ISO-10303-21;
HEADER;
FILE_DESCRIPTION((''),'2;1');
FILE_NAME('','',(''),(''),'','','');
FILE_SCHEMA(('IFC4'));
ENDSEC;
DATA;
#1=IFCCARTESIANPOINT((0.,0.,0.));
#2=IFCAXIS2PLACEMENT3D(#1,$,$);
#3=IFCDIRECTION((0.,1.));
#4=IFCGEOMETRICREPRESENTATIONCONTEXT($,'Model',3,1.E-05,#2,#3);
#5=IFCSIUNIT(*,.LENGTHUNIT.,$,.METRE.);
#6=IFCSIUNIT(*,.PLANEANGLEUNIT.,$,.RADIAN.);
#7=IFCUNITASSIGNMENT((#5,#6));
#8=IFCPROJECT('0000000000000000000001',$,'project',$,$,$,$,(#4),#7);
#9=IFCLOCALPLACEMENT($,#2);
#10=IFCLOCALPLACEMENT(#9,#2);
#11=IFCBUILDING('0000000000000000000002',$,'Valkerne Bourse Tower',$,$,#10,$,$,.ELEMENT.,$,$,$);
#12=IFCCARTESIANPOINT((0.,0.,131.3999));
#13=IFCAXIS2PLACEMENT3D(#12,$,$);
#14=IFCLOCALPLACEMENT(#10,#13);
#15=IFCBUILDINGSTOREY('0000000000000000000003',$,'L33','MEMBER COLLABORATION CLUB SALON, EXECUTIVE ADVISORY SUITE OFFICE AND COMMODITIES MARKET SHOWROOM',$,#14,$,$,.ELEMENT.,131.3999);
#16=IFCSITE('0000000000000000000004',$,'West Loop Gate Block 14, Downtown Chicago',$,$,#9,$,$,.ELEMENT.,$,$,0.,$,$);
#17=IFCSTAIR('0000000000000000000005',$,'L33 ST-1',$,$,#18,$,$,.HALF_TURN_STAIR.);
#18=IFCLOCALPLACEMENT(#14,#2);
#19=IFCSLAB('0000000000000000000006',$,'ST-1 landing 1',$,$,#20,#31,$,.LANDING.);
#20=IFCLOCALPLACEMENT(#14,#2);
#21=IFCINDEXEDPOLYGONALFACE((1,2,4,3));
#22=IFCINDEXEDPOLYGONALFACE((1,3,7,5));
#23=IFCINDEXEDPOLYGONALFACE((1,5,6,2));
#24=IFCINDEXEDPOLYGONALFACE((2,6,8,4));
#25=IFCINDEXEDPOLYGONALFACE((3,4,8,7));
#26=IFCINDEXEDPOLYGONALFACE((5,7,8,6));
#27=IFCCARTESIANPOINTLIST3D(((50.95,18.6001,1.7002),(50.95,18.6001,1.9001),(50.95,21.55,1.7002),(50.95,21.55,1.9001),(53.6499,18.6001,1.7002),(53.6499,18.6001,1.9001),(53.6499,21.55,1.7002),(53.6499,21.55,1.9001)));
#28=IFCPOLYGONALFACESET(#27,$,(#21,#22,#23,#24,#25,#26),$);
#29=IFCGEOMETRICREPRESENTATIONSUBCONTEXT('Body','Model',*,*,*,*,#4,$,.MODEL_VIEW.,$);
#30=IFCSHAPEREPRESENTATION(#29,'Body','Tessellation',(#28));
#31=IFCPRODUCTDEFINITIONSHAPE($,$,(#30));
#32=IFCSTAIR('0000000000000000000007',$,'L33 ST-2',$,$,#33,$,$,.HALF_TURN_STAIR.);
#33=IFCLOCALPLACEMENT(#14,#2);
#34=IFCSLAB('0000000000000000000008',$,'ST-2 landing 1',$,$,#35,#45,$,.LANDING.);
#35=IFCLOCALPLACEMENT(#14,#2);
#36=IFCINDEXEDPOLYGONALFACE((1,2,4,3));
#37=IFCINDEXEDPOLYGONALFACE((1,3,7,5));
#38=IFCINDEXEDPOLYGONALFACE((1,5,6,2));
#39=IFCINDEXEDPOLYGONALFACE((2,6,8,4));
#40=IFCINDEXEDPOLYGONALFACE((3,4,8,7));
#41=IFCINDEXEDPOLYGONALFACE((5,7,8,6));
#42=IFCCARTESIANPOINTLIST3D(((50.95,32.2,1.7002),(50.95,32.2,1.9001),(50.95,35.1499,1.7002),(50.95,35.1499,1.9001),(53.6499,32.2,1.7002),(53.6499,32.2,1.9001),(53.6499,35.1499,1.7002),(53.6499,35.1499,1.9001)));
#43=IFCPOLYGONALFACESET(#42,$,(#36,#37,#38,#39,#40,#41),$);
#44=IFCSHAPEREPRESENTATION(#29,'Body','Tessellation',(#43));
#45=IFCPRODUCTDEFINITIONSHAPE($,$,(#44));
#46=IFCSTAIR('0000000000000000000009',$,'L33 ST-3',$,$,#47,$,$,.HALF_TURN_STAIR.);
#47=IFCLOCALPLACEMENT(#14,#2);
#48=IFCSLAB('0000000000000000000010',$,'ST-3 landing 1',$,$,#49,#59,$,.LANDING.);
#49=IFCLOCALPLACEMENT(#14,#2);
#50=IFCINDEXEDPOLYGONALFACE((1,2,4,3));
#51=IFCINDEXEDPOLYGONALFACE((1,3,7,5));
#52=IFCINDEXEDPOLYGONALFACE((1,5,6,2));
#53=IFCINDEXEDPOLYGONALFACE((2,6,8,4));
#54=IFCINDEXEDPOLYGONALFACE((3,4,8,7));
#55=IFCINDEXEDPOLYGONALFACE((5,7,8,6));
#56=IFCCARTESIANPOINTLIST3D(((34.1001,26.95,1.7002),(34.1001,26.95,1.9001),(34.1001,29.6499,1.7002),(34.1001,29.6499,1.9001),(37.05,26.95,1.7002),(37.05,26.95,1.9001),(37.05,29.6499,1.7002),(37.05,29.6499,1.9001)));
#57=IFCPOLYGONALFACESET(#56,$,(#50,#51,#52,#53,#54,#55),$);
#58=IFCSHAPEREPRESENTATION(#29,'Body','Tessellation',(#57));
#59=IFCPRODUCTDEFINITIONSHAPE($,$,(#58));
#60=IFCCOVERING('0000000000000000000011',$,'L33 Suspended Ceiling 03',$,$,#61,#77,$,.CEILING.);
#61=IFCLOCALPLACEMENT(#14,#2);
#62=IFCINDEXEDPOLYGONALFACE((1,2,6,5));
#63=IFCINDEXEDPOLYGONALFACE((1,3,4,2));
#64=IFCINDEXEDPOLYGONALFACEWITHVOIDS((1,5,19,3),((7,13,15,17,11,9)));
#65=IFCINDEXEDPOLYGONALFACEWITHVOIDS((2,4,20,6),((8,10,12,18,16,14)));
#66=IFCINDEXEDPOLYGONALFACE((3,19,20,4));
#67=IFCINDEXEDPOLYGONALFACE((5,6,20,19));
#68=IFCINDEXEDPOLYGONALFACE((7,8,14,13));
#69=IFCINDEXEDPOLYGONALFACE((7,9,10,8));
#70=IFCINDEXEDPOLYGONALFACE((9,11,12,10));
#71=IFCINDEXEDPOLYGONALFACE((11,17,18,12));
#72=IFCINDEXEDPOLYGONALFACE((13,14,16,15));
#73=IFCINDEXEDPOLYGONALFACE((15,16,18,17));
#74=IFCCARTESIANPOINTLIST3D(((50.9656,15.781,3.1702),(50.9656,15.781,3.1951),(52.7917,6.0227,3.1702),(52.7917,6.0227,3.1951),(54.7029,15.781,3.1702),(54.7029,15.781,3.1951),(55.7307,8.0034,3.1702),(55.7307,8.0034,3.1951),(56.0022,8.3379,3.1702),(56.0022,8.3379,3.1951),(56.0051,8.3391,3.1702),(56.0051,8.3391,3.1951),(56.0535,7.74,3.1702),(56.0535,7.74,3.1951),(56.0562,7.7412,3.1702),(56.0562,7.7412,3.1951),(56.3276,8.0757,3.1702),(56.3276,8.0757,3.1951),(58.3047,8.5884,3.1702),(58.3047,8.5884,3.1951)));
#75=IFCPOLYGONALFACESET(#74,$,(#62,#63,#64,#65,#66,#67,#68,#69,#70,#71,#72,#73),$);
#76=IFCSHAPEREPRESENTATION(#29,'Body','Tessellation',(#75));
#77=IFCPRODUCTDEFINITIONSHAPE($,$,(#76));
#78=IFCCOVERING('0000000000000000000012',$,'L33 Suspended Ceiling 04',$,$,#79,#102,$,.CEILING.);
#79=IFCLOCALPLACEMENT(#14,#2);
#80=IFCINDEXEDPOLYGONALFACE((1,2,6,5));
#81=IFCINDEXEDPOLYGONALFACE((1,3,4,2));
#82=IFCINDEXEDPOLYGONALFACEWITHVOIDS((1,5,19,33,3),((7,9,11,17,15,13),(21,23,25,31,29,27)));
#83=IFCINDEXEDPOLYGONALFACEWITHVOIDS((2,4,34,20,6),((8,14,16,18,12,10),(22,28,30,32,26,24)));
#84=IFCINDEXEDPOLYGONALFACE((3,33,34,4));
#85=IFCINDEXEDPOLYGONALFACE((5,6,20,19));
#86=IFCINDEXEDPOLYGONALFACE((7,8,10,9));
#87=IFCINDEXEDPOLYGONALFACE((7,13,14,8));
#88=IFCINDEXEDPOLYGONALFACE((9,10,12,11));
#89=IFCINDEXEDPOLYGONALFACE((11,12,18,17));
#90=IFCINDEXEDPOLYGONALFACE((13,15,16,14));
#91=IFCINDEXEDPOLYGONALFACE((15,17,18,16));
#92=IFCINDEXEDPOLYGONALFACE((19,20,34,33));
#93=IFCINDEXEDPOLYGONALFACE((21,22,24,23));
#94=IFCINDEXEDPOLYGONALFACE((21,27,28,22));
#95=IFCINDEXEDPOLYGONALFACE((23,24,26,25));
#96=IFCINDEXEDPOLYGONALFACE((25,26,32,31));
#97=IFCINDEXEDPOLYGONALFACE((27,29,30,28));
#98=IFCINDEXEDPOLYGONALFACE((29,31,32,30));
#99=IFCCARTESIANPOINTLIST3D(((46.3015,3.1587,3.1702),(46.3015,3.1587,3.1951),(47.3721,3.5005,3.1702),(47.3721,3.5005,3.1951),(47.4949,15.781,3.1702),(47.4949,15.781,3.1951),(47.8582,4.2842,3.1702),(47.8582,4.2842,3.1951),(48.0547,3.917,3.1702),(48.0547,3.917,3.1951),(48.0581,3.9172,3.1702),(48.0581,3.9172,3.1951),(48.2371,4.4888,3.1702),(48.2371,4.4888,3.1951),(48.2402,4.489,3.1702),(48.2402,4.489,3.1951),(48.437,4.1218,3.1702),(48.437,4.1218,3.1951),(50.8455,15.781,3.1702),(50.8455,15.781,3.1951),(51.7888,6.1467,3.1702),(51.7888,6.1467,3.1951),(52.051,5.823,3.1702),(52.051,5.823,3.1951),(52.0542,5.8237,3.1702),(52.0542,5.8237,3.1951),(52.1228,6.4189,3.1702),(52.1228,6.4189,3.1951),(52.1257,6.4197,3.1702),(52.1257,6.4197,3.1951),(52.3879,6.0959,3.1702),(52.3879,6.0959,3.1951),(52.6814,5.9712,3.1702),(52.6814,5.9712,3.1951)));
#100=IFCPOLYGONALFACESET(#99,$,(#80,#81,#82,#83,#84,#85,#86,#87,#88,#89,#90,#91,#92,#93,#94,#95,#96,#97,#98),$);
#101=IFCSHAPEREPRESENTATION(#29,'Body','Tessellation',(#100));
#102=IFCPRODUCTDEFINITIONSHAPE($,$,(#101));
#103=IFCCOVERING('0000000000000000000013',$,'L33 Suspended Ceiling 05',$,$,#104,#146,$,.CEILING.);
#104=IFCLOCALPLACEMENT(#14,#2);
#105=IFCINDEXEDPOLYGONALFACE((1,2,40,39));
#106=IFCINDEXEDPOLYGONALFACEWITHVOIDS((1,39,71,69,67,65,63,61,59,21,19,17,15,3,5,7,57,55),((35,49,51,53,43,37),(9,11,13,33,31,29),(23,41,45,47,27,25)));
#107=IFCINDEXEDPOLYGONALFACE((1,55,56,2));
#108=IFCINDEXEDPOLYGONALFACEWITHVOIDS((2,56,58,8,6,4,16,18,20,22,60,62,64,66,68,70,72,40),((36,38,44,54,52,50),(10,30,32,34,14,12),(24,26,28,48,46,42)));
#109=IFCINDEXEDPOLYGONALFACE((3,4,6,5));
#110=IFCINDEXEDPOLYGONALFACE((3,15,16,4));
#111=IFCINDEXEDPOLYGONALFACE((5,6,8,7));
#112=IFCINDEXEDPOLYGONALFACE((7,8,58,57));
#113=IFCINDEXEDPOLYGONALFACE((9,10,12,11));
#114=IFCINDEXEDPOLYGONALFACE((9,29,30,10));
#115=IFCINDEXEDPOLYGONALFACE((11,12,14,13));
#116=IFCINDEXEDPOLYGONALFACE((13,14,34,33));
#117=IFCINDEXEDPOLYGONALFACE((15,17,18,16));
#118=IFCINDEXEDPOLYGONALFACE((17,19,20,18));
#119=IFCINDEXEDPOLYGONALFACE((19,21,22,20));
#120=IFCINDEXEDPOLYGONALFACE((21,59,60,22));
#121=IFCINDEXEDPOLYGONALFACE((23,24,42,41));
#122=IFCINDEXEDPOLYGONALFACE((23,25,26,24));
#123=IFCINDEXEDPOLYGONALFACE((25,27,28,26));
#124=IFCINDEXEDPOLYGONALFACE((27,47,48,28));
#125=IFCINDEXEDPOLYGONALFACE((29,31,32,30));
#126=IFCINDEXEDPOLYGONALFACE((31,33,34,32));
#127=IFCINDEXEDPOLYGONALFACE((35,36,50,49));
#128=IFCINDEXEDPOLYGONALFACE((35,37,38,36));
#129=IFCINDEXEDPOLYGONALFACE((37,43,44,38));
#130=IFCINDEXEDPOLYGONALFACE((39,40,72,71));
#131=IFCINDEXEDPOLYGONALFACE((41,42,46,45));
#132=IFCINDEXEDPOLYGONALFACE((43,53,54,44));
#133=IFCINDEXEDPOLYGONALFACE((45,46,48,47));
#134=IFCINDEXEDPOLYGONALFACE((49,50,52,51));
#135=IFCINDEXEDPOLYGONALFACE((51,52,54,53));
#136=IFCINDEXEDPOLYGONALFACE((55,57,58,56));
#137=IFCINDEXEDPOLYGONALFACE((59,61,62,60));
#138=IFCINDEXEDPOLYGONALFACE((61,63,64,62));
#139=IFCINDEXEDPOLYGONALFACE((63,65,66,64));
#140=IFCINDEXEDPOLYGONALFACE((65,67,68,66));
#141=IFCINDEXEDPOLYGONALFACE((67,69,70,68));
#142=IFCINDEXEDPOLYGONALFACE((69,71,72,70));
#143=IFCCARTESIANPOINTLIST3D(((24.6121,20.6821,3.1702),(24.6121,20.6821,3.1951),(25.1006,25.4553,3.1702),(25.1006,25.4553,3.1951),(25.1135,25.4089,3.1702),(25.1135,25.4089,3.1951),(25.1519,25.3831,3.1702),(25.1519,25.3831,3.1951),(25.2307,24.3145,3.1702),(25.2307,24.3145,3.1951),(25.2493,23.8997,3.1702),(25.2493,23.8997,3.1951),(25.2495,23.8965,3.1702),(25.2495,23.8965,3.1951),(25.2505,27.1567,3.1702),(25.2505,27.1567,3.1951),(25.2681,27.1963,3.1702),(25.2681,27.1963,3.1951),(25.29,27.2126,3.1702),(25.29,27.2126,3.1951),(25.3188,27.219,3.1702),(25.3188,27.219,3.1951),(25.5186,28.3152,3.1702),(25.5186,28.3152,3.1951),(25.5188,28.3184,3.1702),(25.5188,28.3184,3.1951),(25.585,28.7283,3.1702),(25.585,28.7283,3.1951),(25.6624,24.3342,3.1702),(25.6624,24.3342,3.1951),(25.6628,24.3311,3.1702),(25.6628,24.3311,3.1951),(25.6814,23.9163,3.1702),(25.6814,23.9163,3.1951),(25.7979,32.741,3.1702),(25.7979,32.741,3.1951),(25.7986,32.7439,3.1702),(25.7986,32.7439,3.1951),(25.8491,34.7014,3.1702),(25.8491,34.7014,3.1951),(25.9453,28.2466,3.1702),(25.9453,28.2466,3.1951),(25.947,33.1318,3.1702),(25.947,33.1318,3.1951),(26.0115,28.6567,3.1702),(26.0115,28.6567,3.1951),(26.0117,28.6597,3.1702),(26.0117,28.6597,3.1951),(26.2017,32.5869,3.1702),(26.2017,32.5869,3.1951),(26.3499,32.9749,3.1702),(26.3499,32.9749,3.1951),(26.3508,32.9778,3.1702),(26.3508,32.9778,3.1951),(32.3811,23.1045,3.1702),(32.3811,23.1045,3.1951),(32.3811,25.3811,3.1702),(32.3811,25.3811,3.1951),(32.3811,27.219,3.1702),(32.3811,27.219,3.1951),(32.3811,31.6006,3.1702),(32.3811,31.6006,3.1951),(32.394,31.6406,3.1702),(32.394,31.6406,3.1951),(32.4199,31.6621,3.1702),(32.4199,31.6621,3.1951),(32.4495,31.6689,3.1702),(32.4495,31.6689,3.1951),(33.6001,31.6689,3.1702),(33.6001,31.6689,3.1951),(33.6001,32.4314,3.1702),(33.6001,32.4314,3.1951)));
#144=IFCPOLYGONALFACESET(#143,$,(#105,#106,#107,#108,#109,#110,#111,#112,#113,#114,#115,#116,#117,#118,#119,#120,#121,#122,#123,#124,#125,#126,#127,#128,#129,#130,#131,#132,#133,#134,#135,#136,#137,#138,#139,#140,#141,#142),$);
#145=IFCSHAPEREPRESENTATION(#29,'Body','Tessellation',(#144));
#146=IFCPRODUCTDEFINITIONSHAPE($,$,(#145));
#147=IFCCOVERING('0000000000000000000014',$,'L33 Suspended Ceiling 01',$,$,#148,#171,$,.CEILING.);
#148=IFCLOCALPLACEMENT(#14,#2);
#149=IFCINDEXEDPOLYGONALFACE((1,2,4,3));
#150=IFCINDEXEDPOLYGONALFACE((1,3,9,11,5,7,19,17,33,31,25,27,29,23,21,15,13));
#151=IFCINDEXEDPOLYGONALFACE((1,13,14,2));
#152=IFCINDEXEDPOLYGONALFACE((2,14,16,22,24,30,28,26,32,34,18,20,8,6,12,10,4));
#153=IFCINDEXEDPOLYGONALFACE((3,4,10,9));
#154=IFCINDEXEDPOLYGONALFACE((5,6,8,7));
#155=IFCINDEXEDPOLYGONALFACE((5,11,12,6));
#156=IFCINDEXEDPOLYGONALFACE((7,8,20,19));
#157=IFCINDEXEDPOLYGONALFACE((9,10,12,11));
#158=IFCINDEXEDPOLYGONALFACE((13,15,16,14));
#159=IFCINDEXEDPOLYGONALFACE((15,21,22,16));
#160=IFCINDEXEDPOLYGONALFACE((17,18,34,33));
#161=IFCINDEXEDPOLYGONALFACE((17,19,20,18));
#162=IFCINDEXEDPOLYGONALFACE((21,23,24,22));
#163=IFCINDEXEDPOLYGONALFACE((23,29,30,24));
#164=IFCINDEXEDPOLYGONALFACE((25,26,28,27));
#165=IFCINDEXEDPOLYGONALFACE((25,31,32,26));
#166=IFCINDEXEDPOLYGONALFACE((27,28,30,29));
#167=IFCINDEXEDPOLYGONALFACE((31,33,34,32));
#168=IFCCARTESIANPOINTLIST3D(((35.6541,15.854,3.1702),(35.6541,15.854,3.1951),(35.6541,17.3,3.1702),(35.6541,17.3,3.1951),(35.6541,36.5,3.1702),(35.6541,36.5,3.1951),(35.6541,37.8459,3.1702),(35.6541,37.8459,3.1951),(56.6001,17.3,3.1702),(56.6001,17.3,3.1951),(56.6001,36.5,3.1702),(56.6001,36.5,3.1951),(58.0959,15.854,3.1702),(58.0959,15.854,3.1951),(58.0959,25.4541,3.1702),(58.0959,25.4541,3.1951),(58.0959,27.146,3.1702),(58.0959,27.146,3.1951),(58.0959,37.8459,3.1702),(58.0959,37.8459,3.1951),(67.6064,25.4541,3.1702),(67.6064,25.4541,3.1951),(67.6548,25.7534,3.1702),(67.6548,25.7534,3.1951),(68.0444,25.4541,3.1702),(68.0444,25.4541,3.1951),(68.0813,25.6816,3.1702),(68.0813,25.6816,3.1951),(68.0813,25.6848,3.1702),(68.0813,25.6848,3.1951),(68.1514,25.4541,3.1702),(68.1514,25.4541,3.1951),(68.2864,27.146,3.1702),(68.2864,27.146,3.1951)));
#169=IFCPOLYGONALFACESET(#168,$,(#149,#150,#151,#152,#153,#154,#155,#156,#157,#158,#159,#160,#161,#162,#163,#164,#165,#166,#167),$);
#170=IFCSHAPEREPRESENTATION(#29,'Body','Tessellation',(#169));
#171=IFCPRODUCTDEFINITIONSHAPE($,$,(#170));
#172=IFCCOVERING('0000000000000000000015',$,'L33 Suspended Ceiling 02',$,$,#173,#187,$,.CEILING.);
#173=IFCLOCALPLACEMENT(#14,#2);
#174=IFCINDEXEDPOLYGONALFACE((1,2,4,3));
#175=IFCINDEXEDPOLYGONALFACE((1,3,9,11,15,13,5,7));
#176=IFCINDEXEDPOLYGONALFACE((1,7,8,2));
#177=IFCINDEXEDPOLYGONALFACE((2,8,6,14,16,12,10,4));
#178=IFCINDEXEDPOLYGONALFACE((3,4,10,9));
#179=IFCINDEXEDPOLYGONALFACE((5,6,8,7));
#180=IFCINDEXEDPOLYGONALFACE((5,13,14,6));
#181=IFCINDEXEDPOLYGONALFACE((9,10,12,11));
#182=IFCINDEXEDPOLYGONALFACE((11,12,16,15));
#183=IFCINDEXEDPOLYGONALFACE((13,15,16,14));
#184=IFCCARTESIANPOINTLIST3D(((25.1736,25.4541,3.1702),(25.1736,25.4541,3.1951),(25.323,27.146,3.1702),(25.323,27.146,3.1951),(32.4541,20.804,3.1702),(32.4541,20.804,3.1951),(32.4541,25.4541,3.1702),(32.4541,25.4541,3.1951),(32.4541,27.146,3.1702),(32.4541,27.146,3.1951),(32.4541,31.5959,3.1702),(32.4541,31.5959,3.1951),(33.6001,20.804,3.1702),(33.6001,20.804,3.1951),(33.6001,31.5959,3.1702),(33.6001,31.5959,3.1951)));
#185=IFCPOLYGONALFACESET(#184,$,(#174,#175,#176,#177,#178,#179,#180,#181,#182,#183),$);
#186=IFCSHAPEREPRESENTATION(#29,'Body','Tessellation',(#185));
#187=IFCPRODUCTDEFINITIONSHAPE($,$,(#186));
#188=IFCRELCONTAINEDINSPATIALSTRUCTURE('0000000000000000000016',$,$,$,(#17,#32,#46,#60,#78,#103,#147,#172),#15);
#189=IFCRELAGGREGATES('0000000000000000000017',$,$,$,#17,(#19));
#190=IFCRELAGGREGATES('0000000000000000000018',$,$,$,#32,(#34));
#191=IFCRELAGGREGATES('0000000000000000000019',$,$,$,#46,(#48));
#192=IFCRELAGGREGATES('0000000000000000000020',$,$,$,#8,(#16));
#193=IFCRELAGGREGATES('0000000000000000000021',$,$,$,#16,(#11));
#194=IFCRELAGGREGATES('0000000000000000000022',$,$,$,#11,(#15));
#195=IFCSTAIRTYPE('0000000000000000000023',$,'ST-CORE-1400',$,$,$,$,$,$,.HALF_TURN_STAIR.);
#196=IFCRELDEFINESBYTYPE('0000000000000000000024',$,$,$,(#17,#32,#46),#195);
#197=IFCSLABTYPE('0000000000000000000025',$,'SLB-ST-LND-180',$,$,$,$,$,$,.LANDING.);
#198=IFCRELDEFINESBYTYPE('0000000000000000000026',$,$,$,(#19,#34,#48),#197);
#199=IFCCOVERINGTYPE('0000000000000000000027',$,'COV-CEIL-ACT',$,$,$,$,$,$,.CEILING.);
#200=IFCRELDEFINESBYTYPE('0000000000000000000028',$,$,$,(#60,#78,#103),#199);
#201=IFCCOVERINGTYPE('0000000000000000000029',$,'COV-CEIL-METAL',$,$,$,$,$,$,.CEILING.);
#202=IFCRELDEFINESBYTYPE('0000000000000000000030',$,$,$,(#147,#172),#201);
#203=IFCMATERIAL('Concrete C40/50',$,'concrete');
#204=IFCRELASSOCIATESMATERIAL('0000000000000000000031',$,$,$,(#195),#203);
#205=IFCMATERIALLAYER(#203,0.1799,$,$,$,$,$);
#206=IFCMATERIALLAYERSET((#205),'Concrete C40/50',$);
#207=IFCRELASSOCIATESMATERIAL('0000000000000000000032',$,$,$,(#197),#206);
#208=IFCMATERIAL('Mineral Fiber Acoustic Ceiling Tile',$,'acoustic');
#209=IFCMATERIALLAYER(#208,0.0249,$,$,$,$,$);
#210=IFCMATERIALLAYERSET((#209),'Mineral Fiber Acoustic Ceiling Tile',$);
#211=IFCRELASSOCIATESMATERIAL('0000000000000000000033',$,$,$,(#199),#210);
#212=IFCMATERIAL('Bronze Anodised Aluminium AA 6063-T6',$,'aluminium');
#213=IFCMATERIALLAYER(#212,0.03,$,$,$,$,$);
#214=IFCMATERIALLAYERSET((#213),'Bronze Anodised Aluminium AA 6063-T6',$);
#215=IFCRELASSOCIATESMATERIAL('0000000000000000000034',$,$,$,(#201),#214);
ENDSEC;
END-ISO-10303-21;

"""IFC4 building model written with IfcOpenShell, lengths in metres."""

from ifc_helpers import new_model, si_unit, direction, frame, origin, place, context, subcontext, project, spatial, polyline, outline, extrude, material, layer, layer_set, type_object, element, aggregate, save


model = new_model("IFC4")

# Units and contexts
model_context = context("Model", 3, precision=1e-05, world=origin(), true_north=direction((0.0, 1.0)))
body_context = subcontext(model_context, "Body", "Model", "MODEL_VIEW")
ifc_project = project(units=[si_unit("LENGTHUNIT", "METRE"), si_unit("PLANEANGLEUNIT", "RADIAN")], contexts=[model_context])

# Site, building, storey
site_placement = place(None, origin())
site = spatial("IfcSite", under=ifc_project, at=site_placement, Name="West Loop Gate Block 14, Downtown Chicago", CompositionType="ELEMENT", RefElevation=0.0)
building_placement = place(site_placement, origin())
building = spatial("IfcBuilding", under=site, at=building_placement, Name="Valkerne Bourse Tower", CompositionType="ELEMENT")
storey_placement = place(building_placement, frame((0.0, 0.0, 131.3999)))
storey = spatial("IfcBuildingStorey", under=building, at=storey_placement, Name="L33", Description="MEMBER COLLABORATION CLUB SALON, EXECUTIVE ADVISORY SUITE OFFICE AND COMMODITIES MARKET SHOWROOM", CompositionType="ELEMENT", Elevation=131.3999)

# Stairs, slabs
ifc_material_1 = material(Name="Concrete C40/50", Category="concrete")
stair_type = type_object("IfcStairType", Name="ST-CORE-1400", PredefinedType="HALF_TURN_STAIR", material=ifc_material_1)
stair_1_placement = place(storey_placement, origin())
stair_1 = element("IfcStair", 1, at=stair_1_placement, inside=storey, type_object=stair_type, Name="L33 ST-1", PredefinedType="HALF_TURN_STAIR")
ifc_layer_1 = layer(ifc_material_1, 0.1799)
ifc_layer_set_1 = layer_set([ifc_layer_1], Name="Concrete C40/50")
slab_type = type_object("IfcSlabType", Name="SLB-ST-LND-180", PredefinedType="LANDING", material=ifc_layer_set_1)
slab_1_placement = place(storey_placement, frame((0.0, 0.0, 1.7002)))
slab_1 = element("IfcSlab", 2, at=slab_1_placement, type_object=slab_type, Name="ST-1 landing 1", PredefinedType="LANDING", context=body_context, shape_type="SweptSolid", body=[
    extrude(outline(polyline([(50.95, 18.6001), (53.6499, 18.6001), (53.6499, 21.55), (50.95, 21.55), (50.95, 18.6001)])), origin(), (0.0, 0.0, 1.0), 0.2),
])
aggregate(stair_1, [slab_1])
stair_2_placement = place(storey_placement, origin())
stair_2 = element("IfcStair", 3, at=stair_2_placement, inside=storey, type_object=stair_type, Name="L33 ST-2", PredefinedType="HALF_TURN_STAIR")
slab_2_placement = place(storey_placement, frame((0.0, 0.0, 1.7002)))
slab_2 = element("IfcSlab", 4, at=slab_2_placement, type_object=slab_type, Name="ST-2 landing 1", PredefinedType="LANDING", context=body_context, shape_type="SweptSolid", body=[
    extrude(outline(polyline([(50.95, 32.2), (53.6499, 32.2), (53.6499, 35.1499), (50.95, 35.1499), (50.95, 32.2)])), origin(), (0.0, 0.0, 1.0), 0.2),
])
aggregate(stair_2, [slab_2])
stair_3_placement = place(storey_placement, origin())
stair_3 = element("IfcStair", 5, at=stair_3_placement, inside=storey, type_object=stair_type, Name="L33 ST-3", PredefinedType="HALF_TURN_STAIR")
slab_3_placement = place(storey_placement, frame((0.0, 0.0, 1.7002)))
slab_3 = element("IfcSlab", 6, at=slab_3_placement, type_object=slab_type, Name="ST-3 landing 1", PredefinedType="LANDING", context=body_context, shape_type="SweptSolid", body=[
    extrude(outline(polyline([(37.05, 26.95), (37.05, 29.6499), (34.1001, 29.6499), (34.1001, 26.95), (37.05, 26.95)])), origin(), (0.0, 0.0, 1.0), 0.2),
])
aggregate(stair_3, [slab_3])

# Coverings
ifc_material_2 = material(Name="Mineral Fiber Acoustic Ceiling Tile", Category="acoustic")
ifc_layer_2 = layer(ifc_material_2, 0.0249)
ifc_layer_set_2 = layer_set([ifc_layer_2], Name="Mineral Fiber Acoustic Ceiling Tile")
covering_type_1 = type_object("IfcCoveringType", Name="COV-CEIL-ACT", PredefinedType="CEILING", material=ifc_layer_set_2)
covering_1_placement = place(storey_placement, frame((0.0, 0.0, 3.1702)))
element("IfcCovering", 7, at=covering_1_placement, inside=storey, type_object=covering_type_1, Name="L33 Suspended Ceiling 03", PredefinedType="CEILING", context=body_context, shape_type="SweptSolid", body=[
    extrude(outline(polyline([(54.7029, 15.781), (58.3047, 8.5884), (52.7917, 6.0227), (50.9656, 15.781), (54.7029, 15.781)]), holes=[polyline([(56.0562, 7.7412), (56.3276, 8.0757), (56.0051, 8.3391), (56.0022, 8.3379), (55.7307, 8.0034), (56.0535, 7.74), (56.0562, 7.7412)])]), origin(), (0.0, 0.0, 1.0), 0.0249),
])
covering_2_placement = place(storey_placement, frame((0.0, 0.0, 3.1702)))
element("IfcCovering", 8, at=covering_2_placement, inside=storey, type_object=covering_type_1, Name="L33 Suspended Ceiling 04", PredefinedType="CEILING", context=body_context, shape_type="SweptSolid", body=[
    extrude(outline(polyline([(47.4949, 15.781), (50.8455, 15.781), (52.6814, 5.9712), (47.3721, 3.5005), (46.3015, 3.1587), (47.4949, 15.781)]), holes=[polyline([(48.0581, 3.9172), (48.437, 4.1218), (48.2402, 4.489), (48.2371, 4.4888), (47.8582, 4.2842), (48.0547, 3.917), (48.0581, 3.9172)]), polyline([(52.3879, 6.0959), (52.1257, 6.4197), (52.1228, 6.4189), (51.7888, 6.1467), (52.051, 5.823), (52.0542, 5.8237), (52.3879, 6.0959)])]), origin(), (0.0, 0.0, 1.0), 0.0249),
])
covering_3_placement = place(storey_placement, frame((0.0, 0.0, 3.1702)))
element("IfcCovering", 9, at=covering_3_placement, inside=storey, type_object=covering_type_1, Name="L33 Suspended Ceiling 05", PredefinedType="CEILING", context=body_context, shape_type="SweptSolid", body=[
    extrude(outline(polyline([(32.4495, 31.6689), (32.4199, 31.6621), (32.394, 31.6406), (32.3811, 31.6006), (32.3811, 27.219), (25.3188, 27.219), (25.29, 27.2126), (25.2681, 27.1963), (25.2505, 27.1567), (25.1006, 25.4553), (25.1135, 25.4089), (25.1519, 25.3831), (32.3811, 25.3811), (32.3811, 23.1045), (24.6121, 20.6821), (25.8491, 34.7014), (33.6001, 32.4314), (33.6001, 31.6689), (32.4495, 31.6689)]), holes=[polyline([(25.6628, 24.3311), (25.6624, 24.3342), (25.2307, 24.3145), (25.2493, 23.8997), (25.2495, 23.8965), (25.6814, 23.9163), (25.6628, 24.3311)]), polyline([(26.0117, 28.6597), (25.585, 28.7283), (25.5188, 28.3184), (25.5186, 28.3152), (25.9453, 28.2466), (26.0115, 28.6567), (26.0117, 28.6597)]), polyline([(26.3499, 32.9749), (26.3508, 32.9778), (25.947, 33.1318), (25.7986, 32.7439), (25.7979, 32.741), (26.2017, 32.5869), (26.3499, 32.9749)])]), origin(), (0.0, 0.0, 1.0), 0.0249),
])
ifc_material_3 = material(Name="Bronze Anodised Aluminium AA 6063-T6", Category="aluminium")
ifc_layer_3 = layer(ifc_material_3, 0.03)
ifc_layer_set_3 = layer_set([ifc_layer_3], Name="Bronze Anodised Aluminium AA 6063-T6")
covering_type_2 = type_object("IfcCoveringType", Name="COV-CEIL-METAL", PredefinedType="CEILING", material=ifc_layer_set_3)
covering_4_placement = place(storey_placement, frame((0.0, 0.0, 3.1702)))
element("IfcCovering", 10, at=covering_4_placement, inside=storey, type_object=covering_type_2, Name="L33 Suspended Ceiling 01", PredefinedType="CEILING", context=body_context, shape_type="SweptSolid", body=[
    extrude(outline(polyline([(68.2864, 27.146), (68.1514, 25.4541), (68.0444, 25.4541), (68.0813, 25.6816), (68.0813, 25.6848), (67.6548, 25.7534), (67.6064, 25.4541), (58.0959, 25.4541), (58.0959, 15.854), (35.6541, 15.854), (35.6541, 17.3), (56.6001, 17.3), (56.6001, 36.5), (35.6541, 36.5), (35.6541, 37.8459), (58.0959, 37.8459), (58.0959, 27.146), (68.2864, 27.146)])), origin(), (0.0, 0.0, 1.0), 0.0249),
])
covering_5_placement = place(storey_placement, frame((0.0, 0.0, 3.1702)))
element("IfcCovering", 11, at=covering_5_placement, inside=storey, type_object=covering_type_2, Name="L33 Suspended Ceiling 02", PredefinedType="CEILING", context=body_context, shape_type="SweptSolid", body=[
    extrude(outline(polyline([(32.4541, 20.804), (32.4541, 25.4541), (25.1736, 25.4541), (25.323, 27.146), (32.4541, 27.146), (32.4541, 31.5959), (33.6001, 31.5959), (33.6001, 20.804), (32.4541, 20.804)])), origin(), (0.0, 0.0, 1.0), 0.0249),
])

save(model, "model.ifc")
